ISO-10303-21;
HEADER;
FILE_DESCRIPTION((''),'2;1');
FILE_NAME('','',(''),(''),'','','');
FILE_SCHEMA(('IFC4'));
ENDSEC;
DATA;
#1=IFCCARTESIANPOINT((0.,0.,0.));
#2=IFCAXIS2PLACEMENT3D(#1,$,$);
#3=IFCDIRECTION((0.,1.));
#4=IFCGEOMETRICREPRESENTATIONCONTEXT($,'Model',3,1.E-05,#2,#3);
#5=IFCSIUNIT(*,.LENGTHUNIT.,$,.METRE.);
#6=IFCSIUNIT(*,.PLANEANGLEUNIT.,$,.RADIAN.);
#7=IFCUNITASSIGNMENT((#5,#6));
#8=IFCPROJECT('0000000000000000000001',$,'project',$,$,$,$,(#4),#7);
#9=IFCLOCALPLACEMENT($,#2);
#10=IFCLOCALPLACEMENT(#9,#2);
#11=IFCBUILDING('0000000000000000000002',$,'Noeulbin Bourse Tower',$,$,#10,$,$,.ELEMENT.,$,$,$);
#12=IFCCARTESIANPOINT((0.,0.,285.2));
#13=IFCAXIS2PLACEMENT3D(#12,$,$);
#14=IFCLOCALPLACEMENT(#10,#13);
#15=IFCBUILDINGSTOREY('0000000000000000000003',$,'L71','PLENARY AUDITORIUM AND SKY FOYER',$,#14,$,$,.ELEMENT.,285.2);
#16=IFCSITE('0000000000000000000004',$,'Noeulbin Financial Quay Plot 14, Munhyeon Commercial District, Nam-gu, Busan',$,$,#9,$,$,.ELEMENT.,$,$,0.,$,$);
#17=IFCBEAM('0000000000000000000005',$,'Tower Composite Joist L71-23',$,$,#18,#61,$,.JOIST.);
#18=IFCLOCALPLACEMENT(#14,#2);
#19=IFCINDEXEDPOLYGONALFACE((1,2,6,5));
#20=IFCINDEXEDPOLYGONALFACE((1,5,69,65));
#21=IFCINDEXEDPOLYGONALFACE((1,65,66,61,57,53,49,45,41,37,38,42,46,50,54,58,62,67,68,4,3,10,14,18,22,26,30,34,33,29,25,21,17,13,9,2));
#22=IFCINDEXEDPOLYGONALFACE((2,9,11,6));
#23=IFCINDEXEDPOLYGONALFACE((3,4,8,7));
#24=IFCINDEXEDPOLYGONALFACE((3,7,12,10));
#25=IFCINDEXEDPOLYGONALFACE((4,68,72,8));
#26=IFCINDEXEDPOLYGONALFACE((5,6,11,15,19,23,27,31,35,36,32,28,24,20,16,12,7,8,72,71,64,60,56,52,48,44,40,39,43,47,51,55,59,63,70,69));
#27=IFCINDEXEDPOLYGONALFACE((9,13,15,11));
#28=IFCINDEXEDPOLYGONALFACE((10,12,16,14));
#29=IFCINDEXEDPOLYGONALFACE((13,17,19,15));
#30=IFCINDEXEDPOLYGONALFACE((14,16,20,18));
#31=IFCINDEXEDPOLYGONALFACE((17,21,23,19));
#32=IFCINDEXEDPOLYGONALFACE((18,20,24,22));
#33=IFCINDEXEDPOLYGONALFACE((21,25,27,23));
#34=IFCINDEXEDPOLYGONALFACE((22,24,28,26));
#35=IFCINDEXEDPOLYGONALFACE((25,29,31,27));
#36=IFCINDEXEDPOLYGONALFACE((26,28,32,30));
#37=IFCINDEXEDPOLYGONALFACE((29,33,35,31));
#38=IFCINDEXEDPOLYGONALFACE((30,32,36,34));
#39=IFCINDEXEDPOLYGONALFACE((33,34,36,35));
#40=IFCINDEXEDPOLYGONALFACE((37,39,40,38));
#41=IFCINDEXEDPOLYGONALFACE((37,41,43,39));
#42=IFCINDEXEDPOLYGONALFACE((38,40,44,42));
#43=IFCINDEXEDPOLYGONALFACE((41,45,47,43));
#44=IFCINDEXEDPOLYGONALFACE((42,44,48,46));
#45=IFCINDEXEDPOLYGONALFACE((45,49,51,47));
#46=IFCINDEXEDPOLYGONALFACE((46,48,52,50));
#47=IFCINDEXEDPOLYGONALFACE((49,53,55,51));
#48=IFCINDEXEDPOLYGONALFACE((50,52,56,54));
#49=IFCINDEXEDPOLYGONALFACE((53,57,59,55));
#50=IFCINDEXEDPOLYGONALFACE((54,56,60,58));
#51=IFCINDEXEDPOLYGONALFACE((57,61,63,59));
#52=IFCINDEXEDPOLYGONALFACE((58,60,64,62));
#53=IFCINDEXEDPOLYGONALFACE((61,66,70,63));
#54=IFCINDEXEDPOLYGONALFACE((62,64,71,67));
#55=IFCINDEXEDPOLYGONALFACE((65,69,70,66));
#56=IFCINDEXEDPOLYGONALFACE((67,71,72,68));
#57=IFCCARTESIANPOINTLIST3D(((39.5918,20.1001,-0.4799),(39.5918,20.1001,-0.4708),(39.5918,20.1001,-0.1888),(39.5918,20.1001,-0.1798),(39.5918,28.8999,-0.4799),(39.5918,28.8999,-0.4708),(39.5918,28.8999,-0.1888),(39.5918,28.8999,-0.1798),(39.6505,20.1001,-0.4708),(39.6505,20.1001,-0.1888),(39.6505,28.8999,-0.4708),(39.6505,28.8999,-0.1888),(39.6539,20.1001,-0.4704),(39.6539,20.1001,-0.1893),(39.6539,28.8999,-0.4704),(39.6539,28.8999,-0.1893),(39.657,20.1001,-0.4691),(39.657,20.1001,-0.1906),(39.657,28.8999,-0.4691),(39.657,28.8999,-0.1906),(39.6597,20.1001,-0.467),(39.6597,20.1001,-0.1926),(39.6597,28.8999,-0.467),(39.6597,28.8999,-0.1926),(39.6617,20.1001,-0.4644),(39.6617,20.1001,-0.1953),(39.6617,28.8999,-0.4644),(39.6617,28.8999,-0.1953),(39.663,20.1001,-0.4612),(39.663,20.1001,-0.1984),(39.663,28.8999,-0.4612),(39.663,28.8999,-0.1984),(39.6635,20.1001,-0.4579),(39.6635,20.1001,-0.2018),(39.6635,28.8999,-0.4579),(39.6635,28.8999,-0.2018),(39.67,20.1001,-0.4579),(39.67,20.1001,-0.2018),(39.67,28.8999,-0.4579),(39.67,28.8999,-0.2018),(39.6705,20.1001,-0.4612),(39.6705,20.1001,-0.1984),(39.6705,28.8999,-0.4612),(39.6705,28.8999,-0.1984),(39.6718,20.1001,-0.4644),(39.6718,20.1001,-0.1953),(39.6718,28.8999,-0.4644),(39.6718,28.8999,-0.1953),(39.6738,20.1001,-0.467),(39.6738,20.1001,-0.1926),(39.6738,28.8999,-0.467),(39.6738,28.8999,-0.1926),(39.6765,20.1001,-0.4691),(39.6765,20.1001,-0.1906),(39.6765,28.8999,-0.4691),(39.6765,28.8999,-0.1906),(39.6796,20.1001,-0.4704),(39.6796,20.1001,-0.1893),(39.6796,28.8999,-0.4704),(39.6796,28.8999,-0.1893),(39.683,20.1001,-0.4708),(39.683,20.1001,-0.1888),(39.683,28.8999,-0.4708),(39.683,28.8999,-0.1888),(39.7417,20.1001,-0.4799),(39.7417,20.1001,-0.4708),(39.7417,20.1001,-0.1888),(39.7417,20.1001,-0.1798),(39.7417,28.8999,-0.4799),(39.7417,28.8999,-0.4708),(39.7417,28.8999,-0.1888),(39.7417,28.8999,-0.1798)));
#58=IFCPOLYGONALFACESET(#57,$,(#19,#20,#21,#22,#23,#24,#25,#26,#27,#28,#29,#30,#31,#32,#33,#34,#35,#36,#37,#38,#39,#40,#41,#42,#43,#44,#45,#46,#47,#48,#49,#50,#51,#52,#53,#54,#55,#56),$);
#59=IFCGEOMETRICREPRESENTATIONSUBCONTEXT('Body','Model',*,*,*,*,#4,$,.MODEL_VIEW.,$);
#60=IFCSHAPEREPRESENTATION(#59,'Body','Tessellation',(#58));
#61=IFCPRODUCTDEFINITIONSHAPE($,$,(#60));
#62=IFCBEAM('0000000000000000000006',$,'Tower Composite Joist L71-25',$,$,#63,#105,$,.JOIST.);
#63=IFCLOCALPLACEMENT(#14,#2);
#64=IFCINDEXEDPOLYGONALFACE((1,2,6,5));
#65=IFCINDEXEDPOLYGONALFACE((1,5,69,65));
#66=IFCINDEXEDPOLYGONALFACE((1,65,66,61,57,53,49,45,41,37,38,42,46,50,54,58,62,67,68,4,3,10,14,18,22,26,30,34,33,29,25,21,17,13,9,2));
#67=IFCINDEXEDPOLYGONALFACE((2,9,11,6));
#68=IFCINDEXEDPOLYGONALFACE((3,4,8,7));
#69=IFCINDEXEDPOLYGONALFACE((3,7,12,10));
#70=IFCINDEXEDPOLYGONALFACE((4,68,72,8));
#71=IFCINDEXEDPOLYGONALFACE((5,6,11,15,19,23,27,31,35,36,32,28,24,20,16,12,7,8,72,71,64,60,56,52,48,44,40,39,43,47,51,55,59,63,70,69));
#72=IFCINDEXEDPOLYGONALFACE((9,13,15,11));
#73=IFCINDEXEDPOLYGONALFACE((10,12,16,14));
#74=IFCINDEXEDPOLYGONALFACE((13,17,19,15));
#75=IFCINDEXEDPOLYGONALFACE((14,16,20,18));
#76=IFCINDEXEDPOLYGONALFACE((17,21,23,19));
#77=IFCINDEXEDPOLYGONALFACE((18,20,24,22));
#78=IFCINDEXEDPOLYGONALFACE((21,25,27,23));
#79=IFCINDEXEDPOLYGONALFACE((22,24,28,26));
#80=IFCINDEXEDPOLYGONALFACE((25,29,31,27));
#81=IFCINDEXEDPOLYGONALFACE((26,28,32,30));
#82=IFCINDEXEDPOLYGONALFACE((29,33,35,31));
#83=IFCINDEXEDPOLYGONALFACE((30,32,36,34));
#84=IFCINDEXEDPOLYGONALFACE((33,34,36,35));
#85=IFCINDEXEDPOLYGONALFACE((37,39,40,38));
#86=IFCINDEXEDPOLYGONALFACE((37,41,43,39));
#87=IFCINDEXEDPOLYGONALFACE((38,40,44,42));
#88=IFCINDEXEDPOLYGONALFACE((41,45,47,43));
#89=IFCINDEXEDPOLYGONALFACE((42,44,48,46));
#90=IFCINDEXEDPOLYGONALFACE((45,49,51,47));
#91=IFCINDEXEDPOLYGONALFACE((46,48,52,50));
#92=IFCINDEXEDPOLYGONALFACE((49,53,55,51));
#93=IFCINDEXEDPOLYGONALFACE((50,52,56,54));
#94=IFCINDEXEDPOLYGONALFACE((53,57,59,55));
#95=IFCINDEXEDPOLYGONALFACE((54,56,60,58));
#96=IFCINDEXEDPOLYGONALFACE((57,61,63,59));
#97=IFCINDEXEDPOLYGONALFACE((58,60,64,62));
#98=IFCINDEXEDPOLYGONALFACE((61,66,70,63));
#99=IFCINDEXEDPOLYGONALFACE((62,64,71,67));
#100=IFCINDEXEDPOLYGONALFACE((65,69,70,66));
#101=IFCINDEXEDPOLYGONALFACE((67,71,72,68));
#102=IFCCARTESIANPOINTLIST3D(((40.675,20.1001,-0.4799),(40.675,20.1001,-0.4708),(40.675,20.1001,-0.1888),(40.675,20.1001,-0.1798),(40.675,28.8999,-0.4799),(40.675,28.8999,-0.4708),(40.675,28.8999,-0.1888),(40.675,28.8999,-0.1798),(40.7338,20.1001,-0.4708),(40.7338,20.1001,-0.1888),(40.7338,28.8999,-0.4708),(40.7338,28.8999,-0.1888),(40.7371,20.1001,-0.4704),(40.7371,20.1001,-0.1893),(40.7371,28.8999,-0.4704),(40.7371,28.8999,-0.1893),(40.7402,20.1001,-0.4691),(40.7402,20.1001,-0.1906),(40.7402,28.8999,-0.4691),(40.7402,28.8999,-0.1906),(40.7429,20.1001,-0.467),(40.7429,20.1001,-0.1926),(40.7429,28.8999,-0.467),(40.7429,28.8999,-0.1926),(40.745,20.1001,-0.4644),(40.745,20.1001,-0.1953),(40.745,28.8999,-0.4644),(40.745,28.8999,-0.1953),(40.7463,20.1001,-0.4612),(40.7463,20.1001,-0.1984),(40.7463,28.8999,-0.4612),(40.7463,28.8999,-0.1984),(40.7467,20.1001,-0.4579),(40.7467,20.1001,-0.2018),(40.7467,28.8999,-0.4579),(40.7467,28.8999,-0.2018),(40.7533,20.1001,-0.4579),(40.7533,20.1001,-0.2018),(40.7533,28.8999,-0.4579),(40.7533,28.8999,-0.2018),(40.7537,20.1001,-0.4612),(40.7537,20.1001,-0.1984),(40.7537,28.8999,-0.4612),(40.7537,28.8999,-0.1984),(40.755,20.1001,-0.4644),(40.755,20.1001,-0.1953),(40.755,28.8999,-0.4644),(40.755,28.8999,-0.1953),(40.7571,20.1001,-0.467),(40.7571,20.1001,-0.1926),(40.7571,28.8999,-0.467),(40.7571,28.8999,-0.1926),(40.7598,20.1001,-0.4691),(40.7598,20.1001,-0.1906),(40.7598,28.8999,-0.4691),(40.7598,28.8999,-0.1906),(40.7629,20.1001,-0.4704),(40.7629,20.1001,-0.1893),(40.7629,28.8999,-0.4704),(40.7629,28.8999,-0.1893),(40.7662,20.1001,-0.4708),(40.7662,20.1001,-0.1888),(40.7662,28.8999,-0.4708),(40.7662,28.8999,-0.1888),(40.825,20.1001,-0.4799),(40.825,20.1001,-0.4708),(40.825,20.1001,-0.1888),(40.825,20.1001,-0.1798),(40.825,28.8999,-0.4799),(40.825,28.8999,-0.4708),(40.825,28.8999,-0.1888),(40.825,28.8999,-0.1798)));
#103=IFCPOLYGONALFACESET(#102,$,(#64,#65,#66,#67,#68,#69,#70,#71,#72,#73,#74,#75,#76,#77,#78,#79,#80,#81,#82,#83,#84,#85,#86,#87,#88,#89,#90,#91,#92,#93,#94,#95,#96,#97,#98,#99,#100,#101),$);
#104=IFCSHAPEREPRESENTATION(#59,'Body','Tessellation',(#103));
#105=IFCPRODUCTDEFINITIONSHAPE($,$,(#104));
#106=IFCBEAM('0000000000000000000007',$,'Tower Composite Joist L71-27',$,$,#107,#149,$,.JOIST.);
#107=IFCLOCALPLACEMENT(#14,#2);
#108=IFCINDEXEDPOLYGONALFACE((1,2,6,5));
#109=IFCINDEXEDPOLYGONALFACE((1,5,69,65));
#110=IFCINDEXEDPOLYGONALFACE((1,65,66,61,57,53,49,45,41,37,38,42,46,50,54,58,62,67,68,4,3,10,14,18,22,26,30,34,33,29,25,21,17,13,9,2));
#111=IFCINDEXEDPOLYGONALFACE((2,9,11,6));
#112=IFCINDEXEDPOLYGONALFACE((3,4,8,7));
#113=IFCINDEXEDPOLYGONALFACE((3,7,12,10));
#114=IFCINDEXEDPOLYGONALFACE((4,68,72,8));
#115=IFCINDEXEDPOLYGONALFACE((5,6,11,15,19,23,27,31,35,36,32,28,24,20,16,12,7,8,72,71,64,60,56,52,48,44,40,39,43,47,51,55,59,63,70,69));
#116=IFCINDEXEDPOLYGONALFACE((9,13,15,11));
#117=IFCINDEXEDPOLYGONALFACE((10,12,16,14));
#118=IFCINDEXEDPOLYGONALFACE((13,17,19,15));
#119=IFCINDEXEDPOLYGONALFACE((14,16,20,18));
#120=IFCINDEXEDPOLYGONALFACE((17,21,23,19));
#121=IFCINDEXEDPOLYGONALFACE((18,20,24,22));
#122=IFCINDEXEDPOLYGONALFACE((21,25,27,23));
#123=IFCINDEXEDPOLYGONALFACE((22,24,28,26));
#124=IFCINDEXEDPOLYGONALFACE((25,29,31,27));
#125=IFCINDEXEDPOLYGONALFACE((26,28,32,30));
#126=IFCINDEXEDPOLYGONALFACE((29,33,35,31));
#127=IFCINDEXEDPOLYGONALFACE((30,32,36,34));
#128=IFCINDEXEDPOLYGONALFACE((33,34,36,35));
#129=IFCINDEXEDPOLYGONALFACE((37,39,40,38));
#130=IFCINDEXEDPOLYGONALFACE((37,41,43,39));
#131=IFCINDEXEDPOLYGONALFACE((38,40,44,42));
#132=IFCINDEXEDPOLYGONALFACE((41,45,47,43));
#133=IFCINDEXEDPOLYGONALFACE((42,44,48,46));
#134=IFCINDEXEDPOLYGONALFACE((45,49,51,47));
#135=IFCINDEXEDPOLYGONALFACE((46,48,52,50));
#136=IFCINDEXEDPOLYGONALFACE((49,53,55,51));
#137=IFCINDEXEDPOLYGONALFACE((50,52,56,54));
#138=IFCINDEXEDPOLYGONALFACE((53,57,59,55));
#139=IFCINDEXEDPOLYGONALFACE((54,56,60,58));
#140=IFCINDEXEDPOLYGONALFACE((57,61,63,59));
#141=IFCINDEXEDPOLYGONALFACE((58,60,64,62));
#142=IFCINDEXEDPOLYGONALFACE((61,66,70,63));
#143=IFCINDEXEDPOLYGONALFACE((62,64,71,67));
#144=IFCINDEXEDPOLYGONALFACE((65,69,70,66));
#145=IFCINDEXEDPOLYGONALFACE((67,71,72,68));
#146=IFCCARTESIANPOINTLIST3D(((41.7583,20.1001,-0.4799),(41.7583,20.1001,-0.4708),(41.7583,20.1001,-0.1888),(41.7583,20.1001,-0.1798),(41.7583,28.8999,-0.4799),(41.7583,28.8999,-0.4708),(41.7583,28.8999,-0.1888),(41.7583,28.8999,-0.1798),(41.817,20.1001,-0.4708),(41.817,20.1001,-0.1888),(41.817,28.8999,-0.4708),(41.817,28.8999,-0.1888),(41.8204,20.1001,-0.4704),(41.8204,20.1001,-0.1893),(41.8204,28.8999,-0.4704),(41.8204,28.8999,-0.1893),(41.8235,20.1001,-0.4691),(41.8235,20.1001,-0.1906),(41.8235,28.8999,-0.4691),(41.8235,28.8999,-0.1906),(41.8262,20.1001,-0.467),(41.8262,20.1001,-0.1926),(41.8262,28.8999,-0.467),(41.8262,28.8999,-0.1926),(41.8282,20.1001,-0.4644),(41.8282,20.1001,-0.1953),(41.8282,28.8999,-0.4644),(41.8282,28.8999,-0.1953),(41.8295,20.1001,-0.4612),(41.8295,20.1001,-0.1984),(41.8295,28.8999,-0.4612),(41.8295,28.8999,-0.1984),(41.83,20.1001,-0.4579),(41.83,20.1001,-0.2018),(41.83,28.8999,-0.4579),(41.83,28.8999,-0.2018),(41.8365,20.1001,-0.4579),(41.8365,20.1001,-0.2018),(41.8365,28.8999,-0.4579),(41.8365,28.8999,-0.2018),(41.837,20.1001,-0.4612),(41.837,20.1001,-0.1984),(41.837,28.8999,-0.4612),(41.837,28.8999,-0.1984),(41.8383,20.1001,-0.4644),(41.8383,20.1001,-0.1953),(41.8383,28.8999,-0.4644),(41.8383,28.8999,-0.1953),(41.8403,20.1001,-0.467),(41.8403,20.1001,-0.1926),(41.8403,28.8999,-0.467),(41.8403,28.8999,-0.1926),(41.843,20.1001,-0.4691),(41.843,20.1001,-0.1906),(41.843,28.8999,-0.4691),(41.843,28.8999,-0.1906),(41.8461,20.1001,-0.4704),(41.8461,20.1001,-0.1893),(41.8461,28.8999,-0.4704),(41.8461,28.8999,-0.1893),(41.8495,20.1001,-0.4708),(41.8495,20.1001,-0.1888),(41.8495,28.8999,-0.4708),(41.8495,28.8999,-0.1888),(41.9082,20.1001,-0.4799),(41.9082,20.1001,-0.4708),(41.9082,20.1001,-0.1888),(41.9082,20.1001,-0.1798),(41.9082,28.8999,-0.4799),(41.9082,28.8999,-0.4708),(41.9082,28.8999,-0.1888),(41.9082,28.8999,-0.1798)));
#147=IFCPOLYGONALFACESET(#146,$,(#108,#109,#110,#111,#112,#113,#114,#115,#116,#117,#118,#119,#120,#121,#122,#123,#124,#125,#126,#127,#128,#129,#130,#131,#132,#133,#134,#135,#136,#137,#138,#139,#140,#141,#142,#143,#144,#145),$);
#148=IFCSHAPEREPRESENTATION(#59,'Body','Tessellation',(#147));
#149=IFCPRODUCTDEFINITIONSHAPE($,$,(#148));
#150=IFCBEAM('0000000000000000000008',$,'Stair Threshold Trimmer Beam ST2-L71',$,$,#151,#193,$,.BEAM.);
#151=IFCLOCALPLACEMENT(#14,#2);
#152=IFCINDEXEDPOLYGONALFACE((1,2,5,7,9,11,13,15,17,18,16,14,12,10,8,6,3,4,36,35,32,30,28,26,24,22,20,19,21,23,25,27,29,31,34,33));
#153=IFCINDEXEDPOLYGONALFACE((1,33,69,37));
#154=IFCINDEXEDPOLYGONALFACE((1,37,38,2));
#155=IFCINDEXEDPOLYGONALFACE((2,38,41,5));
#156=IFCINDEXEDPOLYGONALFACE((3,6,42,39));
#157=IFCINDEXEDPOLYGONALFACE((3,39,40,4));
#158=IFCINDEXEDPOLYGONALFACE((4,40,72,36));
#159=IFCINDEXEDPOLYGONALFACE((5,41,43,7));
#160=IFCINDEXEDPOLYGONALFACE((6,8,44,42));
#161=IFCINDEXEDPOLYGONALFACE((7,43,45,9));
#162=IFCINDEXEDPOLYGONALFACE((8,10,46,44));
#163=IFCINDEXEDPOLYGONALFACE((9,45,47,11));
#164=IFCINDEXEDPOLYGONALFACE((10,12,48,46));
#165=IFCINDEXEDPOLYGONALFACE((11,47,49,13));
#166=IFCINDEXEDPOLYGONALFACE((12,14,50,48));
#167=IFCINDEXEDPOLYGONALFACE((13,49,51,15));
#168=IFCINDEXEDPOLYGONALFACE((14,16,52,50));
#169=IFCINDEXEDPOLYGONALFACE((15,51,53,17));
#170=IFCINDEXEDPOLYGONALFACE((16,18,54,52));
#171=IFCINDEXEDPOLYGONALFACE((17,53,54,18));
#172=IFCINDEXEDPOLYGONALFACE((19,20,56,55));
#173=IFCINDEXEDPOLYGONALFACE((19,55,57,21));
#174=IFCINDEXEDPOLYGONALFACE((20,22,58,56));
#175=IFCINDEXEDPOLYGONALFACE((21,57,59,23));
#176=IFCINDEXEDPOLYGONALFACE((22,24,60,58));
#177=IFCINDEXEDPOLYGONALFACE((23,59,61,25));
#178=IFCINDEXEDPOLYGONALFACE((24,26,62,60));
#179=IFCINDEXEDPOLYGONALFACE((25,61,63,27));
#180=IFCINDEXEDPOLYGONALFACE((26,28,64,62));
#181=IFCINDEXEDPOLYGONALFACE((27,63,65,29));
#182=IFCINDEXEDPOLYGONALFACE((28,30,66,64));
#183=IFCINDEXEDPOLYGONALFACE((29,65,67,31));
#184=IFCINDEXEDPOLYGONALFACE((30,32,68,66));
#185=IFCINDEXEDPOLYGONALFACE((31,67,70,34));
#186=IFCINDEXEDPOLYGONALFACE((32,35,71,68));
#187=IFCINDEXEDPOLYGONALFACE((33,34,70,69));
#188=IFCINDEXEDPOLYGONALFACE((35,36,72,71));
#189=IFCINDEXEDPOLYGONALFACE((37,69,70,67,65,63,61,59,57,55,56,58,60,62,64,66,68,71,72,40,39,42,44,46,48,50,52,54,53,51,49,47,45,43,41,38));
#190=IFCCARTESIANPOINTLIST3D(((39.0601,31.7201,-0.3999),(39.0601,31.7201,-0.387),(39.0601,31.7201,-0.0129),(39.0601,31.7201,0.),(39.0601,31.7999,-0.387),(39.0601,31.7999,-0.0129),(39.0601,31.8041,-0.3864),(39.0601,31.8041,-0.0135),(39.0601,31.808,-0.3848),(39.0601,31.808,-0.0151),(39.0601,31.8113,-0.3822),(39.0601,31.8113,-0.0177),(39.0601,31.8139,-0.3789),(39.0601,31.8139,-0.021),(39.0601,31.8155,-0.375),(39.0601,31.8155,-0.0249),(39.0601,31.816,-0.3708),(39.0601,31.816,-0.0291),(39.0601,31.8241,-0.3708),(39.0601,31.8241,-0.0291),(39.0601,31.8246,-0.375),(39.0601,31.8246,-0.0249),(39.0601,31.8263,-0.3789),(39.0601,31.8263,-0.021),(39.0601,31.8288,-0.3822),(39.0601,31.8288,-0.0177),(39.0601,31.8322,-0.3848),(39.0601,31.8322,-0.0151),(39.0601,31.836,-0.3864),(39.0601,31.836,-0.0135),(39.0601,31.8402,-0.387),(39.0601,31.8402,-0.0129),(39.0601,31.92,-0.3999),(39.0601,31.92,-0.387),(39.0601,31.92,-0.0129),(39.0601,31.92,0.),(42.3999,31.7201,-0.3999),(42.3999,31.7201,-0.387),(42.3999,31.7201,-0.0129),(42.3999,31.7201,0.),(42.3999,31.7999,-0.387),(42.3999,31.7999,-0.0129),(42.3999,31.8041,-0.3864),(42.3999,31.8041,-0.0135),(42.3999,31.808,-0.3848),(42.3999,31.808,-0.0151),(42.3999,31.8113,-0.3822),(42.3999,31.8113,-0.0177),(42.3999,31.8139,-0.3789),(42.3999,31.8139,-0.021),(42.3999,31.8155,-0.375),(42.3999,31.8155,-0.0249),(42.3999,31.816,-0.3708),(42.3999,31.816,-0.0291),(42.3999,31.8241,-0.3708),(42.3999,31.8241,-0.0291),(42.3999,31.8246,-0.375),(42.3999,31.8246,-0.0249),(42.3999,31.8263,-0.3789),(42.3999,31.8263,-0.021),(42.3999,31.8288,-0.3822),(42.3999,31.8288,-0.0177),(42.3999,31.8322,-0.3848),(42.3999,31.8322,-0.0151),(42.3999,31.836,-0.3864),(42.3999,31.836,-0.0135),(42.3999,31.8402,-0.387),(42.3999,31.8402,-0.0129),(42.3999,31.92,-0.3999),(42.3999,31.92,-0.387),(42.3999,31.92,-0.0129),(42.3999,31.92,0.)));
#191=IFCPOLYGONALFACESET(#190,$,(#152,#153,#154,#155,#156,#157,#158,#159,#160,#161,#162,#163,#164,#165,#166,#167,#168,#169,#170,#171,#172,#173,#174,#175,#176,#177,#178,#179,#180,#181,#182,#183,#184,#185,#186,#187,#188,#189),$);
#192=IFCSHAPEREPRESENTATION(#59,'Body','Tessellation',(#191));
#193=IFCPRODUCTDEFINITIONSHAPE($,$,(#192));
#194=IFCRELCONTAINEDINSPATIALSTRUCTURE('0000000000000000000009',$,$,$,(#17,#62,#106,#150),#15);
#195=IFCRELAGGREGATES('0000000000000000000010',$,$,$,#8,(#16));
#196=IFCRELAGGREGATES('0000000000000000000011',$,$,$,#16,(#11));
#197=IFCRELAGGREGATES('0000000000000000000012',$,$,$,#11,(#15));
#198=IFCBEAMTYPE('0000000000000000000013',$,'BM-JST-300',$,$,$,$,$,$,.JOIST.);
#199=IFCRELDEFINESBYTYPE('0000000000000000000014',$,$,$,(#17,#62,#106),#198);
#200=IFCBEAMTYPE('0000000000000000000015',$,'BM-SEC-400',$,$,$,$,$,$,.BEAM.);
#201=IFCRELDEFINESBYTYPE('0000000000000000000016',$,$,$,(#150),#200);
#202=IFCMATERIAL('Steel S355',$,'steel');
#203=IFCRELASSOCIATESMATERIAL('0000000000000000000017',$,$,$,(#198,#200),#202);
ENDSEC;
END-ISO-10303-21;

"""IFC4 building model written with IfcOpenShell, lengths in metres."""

from ifc_helpers import new_model, si_unit, direction, frame, origin, origin_2d, place, context, subcontext, project, spatial, i_section, extrude, material, material_profile, profile_set, type_object, element, save


model = new_model("IFC4")

# Units and contexts
model_context = context("Model", 3, precision=1e-05, world=origin(), true_north=direction((0.0, 1.0)))
body_context = subcontext(model_context, "Body", "Model", "MODEL_VIEW")
ifc_project = project(units=[si_unit("LENGTHUNIT", "METRE"), si_unit("PLANEANGLEUNIT", "RADIAN")], contexts=[model_context])

# Site, building, storey
site_placement = place(None, origin())
site = spatial("IfcSite", under=ifc_project, at=site_placement, Name="Noeulbin Financial Quay Plot 14, Munhyeon Commercial District, Nam-gu, Busan", CompositionType="ELEMENT", RefElevation=0.0)
building_placement = place(site_placement, origin())
building = spatial("IfcBuilding", under=site, at=building_placement, Name="Noeulbin Bourse Tower", CompositionType="ELEMENT")
storey_placement = place(building_placement, frame((0.0, 0.0, 285.2)))
storey = spatial("IfcBuildingStorey", under=building, at=storey_placement, Name="L71", Description="PLENARY AUDITORIUM AND SKY FOYER", CompositionType="ELEMENT", Elevation=285.2)

# Shared definitions
ifc_material_1 = material(Name="Steel S355", Category="steel")

# Beams
ifc_material_profile_1 = material_profile(ifc_material_1, i_section(OverallWidth=0.1499, OverallDepth=0.3, WebThickness=0.0066, FlangeThickness=0.009, FilletRadius=0.0129, at=origin_2d()), Name="H-300x150x6.5x9", Category="LoadBearing")
ifc_profile_set_1 = profile_set([ifc_material_profile_1], Name="Steel S355")
beam_type_1 = type_object("IfcBeamType", Name="BM-JST-300", PredefinedType="JOIST", material=ifc_profile_set_1)
for number, where, z_axis, x_axis, name in (
    (1, (39.6667, 20.1001, -0.3298), (0.0, 1.0, 0.0), (-1.0, 0.0, 0.0), "Tower Composite Joist L71-23"),
    (2, (40.75, 20.1001, -0.3298), (0.0, 1.0, 0.0), (-1.0, 0.0, 0.0), "Tower Composite Joist L71-25"),
    (3, (41.8333, 20.1001, -0.3298), (0.0, 1.0, 0.0), (-1.0, 0.0, 0.0), "Tower Composite Joist L71-27"),
):
    element("IfcBeam", number, at=place(storey_placement, frame(where, z_axis=z_axis, x_axis=x_axis)), inside=storey, type_object=beam_type_1, Name=name, PredefinedType="JOIST", context=body_context, shape_type="SweptSolid", body=[
        extrude(i_section(OverallWidth=0.1499, OverallDepth=0.3, WebThickness=0.0066, FlangeThickness=0.009, FilletRadius=0.0129, at=origin_2d()), origin(), (0.0, 0.0, 1.0), 8.7998),
    ])
ifc_material_profile_2 = material_profile(ifc_material_1, i_section(OverallWidth=0.2, OverallDepth=0.3999, WebThickness=0.0081, FlangeThickness=0.0129, FilletRadius=0.0161, at=origin_2d()), Name="H-400x200x8x13", Category="LoadBearing")
ifc_profile_set_2 = profile_set([ifc_material_profile_2], Name="Steel S355")
beam_type_2 = type_object("IfcBeamType", Name="BM-SEC-400", PredefinedType="BEAM", material=ifc_profile_set_2)
beam_1_placement = place(storey_placement, frame((39.0601, 31.8201, -0.2), z_axis=(1.0, 0.0, 0.0), x_axis=(0.0, 1.0, 0.0)))
element("IfcBeam", 4, at=beam_1_placement, inside=storey, type_object=beam_type_2, Name="Stair Threshold Trimmer Beam ST2-L71", PredefinedType="BEAM", context=body_context, shape_type="SweptSolid", body=[
    extrude(i_section(OverallWidth=0.2, OverallDepth=0.3999, WebThickness=0.0081, FlangeThickness=0.0129, FilletRadius=0.0161, at=origin_2d()), origin(), (0.0, 0.0, 1.0), 3.3398),
])

save(model, "model.ifc")
